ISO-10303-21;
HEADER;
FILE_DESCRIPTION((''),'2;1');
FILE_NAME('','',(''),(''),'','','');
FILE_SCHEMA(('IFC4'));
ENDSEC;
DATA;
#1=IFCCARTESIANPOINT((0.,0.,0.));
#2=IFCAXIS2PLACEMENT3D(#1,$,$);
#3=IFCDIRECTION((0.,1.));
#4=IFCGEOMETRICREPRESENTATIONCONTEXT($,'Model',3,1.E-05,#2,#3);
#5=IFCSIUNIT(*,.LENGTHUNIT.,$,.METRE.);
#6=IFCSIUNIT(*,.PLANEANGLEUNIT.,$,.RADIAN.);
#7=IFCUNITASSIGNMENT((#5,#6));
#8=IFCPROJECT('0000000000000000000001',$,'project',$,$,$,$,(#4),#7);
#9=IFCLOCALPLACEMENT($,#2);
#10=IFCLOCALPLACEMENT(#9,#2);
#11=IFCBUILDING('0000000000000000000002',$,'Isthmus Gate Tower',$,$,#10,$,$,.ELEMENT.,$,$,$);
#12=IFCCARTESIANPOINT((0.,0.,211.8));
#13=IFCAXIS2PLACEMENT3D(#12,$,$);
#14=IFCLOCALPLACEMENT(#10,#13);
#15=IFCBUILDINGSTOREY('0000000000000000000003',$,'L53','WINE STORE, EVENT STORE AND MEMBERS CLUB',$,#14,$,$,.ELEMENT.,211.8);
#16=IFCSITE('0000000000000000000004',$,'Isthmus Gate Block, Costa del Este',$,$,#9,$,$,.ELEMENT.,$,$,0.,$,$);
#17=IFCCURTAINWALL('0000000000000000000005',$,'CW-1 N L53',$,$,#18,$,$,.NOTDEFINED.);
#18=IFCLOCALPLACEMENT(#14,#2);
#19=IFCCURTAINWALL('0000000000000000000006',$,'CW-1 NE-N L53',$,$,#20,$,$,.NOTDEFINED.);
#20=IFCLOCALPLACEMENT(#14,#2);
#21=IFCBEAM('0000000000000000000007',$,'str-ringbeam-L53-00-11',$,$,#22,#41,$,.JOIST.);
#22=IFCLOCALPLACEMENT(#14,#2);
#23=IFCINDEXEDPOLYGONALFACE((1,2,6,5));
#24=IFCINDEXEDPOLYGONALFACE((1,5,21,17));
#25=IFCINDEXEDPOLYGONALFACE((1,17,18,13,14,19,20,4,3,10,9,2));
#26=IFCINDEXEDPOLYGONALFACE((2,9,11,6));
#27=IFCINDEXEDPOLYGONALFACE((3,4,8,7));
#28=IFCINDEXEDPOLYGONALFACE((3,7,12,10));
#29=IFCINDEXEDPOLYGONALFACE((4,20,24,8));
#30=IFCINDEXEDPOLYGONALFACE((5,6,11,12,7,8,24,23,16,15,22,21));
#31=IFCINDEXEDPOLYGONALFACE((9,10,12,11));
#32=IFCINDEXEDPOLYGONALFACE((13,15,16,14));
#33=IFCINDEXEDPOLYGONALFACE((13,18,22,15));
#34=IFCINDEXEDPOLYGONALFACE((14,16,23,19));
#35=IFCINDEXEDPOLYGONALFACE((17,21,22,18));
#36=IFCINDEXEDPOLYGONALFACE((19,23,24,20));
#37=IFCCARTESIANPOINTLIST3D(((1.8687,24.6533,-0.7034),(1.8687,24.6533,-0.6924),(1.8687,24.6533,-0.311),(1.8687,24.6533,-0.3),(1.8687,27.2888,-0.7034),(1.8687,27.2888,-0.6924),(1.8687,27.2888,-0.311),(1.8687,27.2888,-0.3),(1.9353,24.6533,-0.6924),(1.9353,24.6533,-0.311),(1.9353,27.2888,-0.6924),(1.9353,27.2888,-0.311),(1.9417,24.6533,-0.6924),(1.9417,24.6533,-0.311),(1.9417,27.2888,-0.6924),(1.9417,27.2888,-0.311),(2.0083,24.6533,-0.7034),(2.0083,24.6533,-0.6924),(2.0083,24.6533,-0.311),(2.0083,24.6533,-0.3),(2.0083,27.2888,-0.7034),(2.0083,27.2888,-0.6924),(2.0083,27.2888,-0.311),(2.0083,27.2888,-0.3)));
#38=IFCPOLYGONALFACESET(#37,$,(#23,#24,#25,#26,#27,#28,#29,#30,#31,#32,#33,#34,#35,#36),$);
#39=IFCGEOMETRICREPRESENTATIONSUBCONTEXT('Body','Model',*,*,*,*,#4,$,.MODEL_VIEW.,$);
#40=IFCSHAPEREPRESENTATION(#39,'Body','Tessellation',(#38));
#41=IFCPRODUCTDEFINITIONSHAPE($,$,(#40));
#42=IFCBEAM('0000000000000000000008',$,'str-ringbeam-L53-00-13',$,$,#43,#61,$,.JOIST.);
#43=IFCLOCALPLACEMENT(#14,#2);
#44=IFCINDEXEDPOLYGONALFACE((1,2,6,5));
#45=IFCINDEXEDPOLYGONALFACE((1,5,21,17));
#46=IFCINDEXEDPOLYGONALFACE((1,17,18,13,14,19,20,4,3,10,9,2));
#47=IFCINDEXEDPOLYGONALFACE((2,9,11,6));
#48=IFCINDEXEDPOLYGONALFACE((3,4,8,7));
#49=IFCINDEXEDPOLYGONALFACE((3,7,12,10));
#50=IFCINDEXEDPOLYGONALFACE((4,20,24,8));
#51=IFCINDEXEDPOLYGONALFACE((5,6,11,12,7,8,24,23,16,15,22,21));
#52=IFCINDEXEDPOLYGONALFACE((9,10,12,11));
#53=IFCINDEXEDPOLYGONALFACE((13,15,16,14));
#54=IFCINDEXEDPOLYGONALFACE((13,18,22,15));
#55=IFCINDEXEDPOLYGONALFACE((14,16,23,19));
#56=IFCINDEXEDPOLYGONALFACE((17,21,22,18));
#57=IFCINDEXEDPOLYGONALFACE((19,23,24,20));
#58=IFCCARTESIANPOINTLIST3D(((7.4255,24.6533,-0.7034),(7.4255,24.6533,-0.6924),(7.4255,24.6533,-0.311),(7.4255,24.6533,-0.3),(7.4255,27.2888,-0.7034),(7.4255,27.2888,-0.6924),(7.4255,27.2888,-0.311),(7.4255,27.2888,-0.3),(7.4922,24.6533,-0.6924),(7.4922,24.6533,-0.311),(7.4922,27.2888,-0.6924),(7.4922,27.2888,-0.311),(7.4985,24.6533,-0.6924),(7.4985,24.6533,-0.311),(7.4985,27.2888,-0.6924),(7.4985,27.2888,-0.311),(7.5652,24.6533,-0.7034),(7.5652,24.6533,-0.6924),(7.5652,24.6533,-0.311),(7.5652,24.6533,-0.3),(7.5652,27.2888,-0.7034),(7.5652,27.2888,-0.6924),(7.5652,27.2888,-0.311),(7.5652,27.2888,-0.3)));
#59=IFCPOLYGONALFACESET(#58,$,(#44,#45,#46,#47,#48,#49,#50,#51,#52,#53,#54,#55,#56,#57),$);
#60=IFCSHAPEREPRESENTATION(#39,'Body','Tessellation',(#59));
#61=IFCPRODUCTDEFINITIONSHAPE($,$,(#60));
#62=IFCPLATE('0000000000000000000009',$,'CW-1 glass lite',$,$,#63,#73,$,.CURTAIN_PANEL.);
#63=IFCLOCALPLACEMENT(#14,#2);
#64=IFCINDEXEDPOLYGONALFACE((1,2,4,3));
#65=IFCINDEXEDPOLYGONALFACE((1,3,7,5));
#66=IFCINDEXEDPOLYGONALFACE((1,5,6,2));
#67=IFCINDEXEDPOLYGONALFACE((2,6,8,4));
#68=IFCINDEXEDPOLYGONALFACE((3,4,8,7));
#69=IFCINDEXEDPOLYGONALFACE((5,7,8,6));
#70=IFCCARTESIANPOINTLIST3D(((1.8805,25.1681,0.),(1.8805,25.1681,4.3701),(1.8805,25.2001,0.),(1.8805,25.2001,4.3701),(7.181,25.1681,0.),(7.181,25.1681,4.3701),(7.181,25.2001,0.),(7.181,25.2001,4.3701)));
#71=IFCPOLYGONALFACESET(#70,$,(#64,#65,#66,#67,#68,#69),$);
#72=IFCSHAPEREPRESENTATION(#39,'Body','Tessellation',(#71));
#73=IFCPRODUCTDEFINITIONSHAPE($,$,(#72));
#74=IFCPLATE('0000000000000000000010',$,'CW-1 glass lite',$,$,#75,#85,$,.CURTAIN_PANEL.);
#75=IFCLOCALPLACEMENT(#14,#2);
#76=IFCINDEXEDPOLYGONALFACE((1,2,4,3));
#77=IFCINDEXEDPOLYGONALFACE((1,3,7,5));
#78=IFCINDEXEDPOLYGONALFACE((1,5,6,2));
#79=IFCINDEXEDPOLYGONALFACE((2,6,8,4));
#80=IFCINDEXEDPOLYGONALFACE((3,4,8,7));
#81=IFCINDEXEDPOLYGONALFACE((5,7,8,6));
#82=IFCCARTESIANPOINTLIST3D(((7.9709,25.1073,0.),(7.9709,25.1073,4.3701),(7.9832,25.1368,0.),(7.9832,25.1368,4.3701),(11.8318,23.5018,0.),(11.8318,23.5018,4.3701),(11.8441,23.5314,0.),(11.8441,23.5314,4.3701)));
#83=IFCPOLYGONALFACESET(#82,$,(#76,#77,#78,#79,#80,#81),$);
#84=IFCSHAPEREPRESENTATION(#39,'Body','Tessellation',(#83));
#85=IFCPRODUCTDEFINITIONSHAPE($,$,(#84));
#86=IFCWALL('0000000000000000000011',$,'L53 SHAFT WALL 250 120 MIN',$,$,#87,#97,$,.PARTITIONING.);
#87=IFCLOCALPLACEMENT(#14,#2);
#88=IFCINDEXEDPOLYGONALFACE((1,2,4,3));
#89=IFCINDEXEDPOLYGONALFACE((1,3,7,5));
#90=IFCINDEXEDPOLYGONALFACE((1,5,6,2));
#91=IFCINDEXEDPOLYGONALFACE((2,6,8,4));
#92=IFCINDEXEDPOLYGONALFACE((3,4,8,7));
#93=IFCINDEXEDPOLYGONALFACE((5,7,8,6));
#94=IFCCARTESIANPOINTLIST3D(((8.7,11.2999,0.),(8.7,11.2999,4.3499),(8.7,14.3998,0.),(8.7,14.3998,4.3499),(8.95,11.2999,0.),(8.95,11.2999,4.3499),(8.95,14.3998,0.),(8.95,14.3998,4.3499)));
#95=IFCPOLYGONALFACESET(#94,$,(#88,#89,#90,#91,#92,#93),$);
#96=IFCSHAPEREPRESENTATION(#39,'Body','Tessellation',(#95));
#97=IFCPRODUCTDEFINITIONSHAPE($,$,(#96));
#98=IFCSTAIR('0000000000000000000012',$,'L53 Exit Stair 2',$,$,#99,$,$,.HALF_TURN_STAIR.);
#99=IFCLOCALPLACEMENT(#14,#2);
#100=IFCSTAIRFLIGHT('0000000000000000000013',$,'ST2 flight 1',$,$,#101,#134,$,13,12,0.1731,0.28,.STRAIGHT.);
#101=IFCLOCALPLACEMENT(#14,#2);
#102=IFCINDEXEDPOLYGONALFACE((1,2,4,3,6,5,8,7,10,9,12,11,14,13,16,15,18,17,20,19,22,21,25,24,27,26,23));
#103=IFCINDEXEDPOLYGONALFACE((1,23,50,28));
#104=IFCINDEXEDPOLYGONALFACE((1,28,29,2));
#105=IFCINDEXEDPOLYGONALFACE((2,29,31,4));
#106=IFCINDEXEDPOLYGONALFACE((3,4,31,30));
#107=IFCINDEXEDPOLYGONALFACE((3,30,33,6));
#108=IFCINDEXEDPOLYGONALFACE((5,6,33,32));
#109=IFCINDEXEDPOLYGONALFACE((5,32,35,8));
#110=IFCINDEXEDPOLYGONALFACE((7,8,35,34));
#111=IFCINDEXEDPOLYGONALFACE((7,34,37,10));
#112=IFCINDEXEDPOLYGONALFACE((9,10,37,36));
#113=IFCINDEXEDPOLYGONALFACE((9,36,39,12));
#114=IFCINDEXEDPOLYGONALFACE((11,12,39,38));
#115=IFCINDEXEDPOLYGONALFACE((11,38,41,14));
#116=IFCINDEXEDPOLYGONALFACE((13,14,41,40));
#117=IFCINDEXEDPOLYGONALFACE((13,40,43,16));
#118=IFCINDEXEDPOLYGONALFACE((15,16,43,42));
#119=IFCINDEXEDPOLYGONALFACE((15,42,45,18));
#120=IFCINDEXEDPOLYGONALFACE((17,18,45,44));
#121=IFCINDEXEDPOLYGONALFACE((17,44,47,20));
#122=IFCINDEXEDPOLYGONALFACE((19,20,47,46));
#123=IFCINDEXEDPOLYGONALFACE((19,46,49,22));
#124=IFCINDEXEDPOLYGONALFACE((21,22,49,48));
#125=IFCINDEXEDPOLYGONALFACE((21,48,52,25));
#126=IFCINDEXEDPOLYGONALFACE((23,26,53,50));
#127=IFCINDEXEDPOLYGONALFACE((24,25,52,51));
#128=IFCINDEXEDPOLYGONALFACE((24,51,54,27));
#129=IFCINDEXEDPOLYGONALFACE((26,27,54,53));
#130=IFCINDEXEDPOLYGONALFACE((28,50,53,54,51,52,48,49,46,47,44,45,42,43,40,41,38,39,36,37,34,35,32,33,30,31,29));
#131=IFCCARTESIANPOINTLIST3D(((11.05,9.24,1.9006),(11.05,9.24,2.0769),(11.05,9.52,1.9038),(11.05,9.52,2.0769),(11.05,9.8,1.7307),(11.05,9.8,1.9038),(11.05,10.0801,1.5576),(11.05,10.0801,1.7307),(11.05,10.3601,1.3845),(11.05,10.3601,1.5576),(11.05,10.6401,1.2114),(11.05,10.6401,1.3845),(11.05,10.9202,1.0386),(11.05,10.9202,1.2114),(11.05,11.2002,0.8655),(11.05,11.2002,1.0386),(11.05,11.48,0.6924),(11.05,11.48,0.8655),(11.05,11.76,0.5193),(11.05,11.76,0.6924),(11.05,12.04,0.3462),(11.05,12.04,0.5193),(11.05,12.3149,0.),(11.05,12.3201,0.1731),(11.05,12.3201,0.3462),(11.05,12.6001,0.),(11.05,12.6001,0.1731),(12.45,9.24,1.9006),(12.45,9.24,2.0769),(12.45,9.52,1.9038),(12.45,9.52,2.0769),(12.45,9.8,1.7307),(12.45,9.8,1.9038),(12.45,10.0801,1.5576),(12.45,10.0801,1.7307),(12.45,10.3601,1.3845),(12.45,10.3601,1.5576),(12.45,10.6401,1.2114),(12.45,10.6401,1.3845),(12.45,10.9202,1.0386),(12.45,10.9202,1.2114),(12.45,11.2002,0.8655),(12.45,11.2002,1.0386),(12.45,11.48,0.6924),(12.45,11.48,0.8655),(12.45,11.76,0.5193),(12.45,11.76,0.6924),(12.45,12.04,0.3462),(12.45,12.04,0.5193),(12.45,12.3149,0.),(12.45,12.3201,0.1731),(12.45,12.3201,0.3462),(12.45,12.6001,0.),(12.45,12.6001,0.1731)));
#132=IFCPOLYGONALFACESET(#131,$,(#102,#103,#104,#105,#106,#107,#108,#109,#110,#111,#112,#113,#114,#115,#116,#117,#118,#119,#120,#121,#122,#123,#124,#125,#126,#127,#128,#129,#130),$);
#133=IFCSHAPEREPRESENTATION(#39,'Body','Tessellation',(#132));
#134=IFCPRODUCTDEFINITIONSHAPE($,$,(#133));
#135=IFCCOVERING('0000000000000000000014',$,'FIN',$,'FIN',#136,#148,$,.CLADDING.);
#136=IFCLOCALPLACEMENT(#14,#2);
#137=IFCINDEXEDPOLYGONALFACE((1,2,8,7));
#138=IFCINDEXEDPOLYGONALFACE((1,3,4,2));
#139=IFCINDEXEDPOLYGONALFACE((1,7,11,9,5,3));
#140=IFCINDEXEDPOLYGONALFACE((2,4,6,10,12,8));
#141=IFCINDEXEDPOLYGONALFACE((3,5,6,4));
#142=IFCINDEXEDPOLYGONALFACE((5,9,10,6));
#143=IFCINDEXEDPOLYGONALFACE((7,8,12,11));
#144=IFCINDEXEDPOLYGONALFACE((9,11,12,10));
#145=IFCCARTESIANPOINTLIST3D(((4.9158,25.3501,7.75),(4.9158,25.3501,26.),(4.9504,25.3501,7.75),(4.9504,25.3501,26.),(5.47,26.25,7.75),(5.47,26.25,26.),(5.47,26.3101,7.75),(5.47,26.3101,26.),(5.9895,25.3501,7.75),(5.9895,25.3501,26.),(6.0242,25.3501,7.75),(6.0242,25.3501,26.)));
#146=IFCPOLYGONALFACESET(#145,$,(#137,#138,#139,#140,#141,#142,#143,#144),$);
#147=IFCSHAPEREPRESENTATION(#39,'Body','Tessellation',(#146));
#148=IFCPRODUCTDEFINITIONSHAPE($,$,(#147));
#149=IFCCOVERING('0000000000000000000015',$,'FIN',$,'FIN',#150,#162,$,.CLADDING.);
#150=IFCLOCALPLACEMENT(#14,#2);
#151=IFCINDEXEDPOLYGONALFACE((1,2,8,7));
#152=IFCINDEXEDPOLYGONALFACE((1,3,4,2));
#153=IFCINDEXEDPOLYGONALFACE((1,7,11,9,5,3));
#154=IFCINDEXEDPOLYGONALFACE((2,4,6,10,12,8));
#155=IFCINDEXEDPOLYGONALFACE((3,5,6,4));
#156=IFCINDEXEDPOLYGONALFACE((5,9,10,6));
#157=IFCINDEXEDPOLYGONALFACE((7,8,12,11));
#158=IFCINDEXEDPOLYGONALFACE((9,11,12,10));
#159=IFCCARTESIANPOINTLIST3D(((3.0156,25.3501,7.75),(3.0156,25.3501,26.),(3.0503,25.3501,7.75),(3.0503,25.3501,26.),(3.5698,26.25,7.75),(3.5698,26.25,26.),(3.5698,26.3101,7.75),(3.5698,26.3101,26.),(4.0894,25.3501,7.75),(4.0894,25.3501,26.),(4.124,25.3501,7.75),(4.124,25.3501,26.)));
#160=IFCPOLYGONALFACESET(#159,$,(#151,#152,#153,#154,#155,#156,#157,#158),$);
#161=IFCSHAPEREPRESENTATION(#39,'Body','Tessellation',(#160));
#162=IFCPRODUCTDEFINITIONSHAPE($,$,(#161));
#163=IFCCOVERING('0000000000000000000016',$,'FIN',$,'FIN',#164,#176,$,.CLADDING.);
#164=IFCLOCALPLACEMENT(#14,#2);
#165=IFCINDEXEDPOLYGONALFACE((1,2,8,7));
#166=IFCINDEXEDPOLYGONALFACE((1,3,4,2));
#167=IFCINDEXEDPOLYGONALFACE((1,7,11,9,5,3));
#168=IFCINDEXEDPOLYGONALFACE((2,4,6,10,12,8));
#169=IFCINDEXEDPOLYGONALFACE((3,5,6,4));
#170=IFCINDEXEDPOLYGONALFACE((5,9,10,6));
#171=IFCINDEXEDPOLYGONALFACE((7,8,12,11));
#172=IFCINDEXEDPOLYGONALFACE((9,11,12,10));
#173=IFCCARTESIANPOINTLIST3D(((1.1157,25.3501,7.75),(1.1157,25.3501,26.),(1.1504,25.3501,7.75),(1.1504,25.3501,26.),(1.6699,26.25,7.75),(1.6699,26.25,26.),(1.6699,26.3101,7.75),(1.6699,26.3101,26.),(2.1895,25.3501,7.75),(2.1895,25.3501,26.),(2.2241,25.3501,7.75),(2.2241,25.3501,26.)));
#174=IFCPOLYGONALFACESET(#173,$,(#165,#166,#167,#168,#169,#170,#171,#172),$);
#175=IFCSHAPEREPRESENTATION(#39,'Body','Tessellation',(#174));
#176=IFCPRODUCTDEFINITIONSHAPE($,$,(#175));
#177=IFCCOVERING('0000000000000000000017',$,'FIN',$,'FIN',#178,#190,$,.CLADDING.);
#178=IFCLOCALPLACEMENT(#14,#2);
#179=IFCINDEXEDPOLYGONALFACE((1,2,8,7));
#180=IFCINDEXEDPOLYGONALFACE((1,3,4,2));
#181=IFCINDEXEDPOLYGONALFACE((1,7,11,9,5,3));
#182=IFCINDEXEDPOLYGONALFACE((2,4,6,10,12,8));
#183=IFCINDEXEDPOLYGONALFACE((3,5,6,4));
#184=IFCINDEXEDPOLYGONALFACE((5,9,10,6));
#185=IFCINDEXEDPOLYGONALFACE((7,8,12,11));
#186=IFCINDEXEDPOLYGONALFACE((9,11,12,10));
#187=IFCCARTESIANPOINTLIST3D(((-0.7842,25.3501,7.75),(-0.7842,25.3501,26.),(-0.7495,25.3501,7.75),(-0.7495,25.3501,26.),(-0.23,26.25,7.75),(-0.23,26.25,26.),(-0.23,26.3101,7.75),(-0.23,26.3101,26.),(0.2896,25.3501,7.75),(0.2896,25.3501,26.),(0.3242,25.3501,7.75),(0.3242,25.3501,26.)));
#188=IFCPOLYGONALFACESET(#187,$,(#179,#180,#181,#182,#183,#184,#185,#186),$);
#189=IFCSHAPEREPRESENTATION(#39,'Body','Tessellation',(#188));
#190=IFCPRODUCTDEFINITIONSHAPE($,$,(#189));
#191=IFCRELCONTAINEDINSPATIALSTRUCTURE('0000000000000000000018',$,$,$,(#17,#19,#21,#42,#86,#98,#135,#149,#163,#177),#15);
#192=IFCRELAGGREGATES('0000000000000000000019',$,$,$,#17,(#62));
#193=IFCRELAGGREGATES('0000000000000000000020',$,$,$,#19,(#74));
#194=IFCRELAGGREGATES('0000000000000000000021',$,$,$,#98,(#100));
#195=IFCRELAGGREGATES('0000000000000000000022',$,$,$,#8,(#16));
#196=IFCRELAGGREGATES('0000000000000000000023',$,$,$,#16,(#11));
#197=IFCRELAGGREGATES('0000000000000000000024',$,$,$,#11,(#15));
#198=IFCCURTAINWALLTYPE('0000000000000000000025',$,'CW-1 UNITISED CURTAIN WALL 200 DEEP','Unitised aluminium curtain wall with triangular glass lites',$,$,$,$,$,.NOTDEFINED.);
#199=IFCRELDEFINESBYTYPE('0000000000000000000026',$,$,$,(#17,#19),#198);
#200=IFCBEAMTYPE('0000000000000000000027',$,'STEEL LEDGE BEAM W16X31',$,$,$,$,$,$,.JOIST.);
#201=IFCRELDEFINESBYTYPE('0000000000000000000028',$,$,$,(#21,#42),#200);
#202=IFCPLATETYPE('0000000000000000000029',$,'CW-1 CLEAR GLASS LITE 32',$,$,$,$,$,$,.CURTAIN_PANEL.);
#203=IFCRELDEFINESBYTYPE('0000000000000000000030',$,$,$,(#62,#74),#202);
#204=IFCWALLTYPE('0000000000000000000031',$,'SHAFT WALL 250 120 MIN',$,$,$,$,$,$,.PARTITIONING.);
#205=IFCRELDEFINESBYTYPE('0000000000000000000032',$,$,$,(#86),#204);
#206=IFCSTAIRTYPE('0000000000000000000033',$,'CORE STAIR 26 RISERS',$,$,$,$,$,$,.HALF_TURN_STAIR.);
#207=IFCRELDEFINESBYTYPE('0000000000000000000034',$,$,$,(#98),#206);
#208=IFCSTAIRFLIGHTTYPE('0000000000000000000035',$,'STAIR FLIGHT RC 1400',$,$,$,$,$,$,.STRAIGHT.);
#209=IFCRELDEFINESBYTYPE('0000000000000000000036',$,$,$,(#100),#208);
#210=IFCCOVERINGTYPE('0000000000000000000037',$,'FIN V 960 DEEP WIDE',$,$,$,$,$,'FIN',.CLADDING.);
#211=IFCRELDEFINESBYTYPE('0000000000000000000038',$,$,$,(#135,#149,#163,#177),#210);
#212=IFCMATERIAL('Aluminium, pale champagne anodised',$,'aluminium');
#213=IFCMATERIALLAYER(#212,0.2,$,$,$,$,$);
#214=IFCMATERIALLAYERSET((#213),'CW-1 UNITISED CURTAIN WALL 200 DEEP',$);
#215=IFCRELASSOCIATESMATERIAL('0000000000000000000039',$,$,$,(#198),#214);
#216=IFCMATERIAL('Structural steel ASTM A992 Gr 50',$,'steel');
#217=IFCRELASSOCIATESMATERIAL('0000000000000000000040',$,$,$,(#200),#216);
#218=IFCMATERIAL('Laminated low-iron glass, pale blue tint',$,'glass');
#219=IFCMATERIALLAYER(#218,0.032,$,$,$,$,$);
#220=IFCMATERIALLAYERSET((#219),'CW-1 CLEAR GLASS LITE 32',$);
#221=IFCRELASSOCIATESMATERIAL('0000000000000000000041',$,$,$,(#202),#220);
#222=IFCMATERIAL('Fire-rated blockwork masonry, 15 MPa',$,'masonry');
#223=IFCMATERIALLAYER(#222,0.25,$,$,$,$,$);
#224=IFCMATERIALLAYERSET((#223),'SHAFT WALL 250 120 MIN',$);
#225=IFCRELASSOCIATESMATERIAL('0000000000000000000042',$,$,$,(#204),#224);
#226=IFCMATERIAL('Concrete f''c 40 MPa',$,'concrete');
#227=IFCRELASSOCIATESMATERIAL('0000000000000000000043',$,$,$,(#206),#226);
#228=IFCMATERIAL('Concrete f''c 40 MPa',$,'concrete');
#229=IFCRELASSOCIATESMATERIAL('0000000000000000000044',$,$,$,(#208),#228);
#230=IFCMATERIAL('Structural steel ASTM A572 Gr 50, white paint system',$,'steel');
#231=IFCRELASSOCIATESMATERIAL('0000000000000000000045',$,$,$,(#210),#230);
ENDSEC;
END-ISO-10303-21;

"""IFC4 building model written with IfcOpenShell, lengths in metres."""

from ifc_helpers import new_model, si_unit, direction, frame, frame_2d, origin, origin_2d, place, context, subcontext, project, spatial, polyline, rectangle, i_section, outline, extrude, material, layer, layer_set, material_profile, profile_set, type_object, element, aggregate, save


model = new_model("IFC4")

# Units and contexts
model_context = context("Model", 3, precision=1e-05, world=origin(), true_north=direction((0.0, 1.0)))
body_context = subcontext(model_context, "Body", "Model", "MODEL_VIEW")
ifc_project = project(units=[si_unit("LENGTHUNIT", "METRE"), si_unit("PLANEANGLEUNIT", "RADIAN")], contexts=[model_context])

# Site, building, storey
site_placement = place(None, origin())
site = spatial("IfcSite", under=ifc_project, at=site_placement, Name="Isthmus Gate Block, Costa del Este", CompositionType="ELEMENT", RefElevation=0.0)
building_placement = place(site_placement, origin())
building = spatial("IfcBuilding", under=site, at=building_placement, Name="Isthmus Gate Tower", CompositionType="ELEMENT")
storey_placement = place(building_placement, frame((0.0, 0.0, 211.8)))
storey = spatial("IfcBuildingStorey", under=building, at=storey_placement, Name="L53", Description="WINE STORE, EVENT STORE AND MEMBERS CLUB", CompositionType="ELEMENT", Elevation=211.8)

# Curtain walls
ifc_material_1 = material(Name="Aluminium, pale champagne anodised", Category="aluminium")
ifc_layer_1 = layer(ifc_material_1, 0.2)
ifc_layer_set_1 = layer_set([ifc_layer_1], Name="CW-1 UNITISED CURTAIN WALL 200 DEEP")
curtain_wall_type = type_object("IfcCurtainWallType", Name="CW-1 UNITISED CURTAIN WALL 200 DEEP", Description="Unitised aluminium curtain wall with triangular glass lites", PredefinedType="NOTDEFINED", material=ifc_layer_set_1)
curtain_wall_1_placement = place(storey_placement, origin())
curtain_wall_1 = element("IfcCurtainWall", 1, at=curtain_wall_1_placement, inside=storey, type_object=curtain_wall_type, Name="CW-1 N L53", PredefinedType="NOTDEFINED")
curtain_wall_2_placement = place(storey_placement, origin())
curtain_wall_2 = element("IfcCurtainWall", 2, at=curtain_wall_2_placement, inside=storey, type_object=curtain_wall_type, Name="CW-1 NE-N L53", PredefinedType="NOTDEFINED")

# Beams
ifc_material_2 = material(Name="Structural steel ASTM A992 Gr 50", Category="steel")
ifc_material_profile_1 = material_profile(ifc_material_2, i_section(OverallWidth=0.1396, OverallDepth=0.4033, WebThickness=0.0063, FlangeThickness=0.011, at=origin_2d()), Name="W16X31")
ifc_profile_set_1 = profile_set([ifc_material_profile_1], Name="Structural steel ASTM A992 Gr 50")
beam_type_1 = type_object("IfcBeamType", Name="STEEL LEDGE BEAM W16X31", PredefinedType="JOIST", material=ifc_profile_set_1)
for number, where, z_axis, x_axis, name in (
    (3, (1.9385, 24.6533, -0.5017), (0.0, 1.0, 0.0), (-1.0, 0.0, 0.0), "str-ringbeam-L53-00-11"),
    (4, (7.4954, 24.6533, -0.5017), (0.0, 1.0, 0.0), (-1.0, 0.0, 0.0), "str-ringbeam-L53-00-13"),
):
    element("IfcBeam", number, at=place(storey_placement, frame(where, z_axis=z_axis, x_axis=x_axis)), inside=storey, type_object=beam_type_1, Name=name, PredefinedType="JOIST", context=body_context, shape_type="SweptSolid", body=[
        extrude(i_section(OverallWidth=0.1396, OverallDepth=0.4033, WebThickness=0.0063, FlangeThickness=0.011, at=origin_2d()), origin(), (0.0, 0.0, 1.0), 2.6355),
    ])

# Plates
ifc_material_3 = material(Name="Laminated low-iron glass, pale blue tint", Category="glass")
ifc_layer_2 = layer(ifc_material_3, 0.032)
ifc_layer_set_2 = layer_set([ifc_layer_2], Name="CW-1 CLEAR GLASS LITE 32")
plate_type = type_object("IfcPlateType", Name="CW-1 CLEAR GLASS LITE 32", PredefinedType="CURTAIN_PANEL", material=ifc_layer_set_2)
plate_1_placement = place(storey_placement, frame((4.5308, 25.1841, 0.0), z_axis=(0.0, 0.0, 1.0), x_axis=(-1.0, 0.0, 0.0)))
plate_1 = element("IfcPlate", 5, at=plate_1_placement, type_object=plate_type, Name="CW-1 glass lite", PredefinedType="CURTAIN_PANEL", context=body_context, shape_type="SweptSolid", body=[
    extrude(rectangle(XDim=5.3005, YDim=0.032, at=origin_2d()), origin(), (0.0, 0.0, 1.0), 4.3701),
])
aggregate(curtain_wall_1, [plate_1])
plate_2_placement = place(storey_placement, frame((9.9075, 24.3193, 0.0), z_axis=(0.0, 0.0, 1.0), x_axis=(-0.923353, 0.383952, 0.0)))
plate_2 = element("IfcPlate", 6, at=plate_2_placement, type_object=plate_type, Name="CW-1 glass lite", PredefinedType="CURTAIN_PANEL", context=body_context, shape_type="SweptSolid", body=[
    extrude(rectangle(XDim=4.1814, YDim=0.032, at=origin_2d()), origin(), (0.0, 0.0, 1.0), 4.3701),
])
aggregate(curtain_wall_2, [plate_2])

# Wall
ifc_material_4 = material(Name="Fire-rated blockwork masonry, 15 MPa", Category="masonry")
ifc_layer_3 = layer(ifc_material_4, 0.25)
ifc_layer_set_3 = layer_set([ifc_layer_3], Name="SHAFT WALL 250 120 MIN")
wall_type = type_object("IfcWallType", Name="SHAFT WALL 250 120 MIN", PredefinedType="PARTITIONING", material=ifc_layer_set_3)
wall_placement = place(storey_placement, frame((8.825, 11.3, 0.0), z_axis=(0.0, 0.0, 1.0), x_axis=(0.0, 1.0, 0.0)))
element("IfcWall", 7, at=wall_placement, inside=storey, type_object=wall_type, Name="L53 SHAFT WALL 250 120 MIN", PredefinedType="PARTITIONING", context=body_context, shape_type="SweptSolid", body=[
    extrude(rectangle(XDim=3.0999, YDim=0.25, at=frame_2d((1.5498, 0.0))), origin(), (0.0, 0.0, 1.0), 4.3499),
])

# Stair, stair flight
ifc_material_5 = material(Name="Concrete f'c 40 MPa", Category="concrete")
stair_type = type_object("IfcStairType", Name="CORE STAIR 26 RISERS", PredefinedType="HALF_TURN_STAIR", material=ifc_material_5)
stair_placement = place(storey_placement, origin())
stair = element("IfcStair", 8, at=stair_placement, inside=storey, type_object=stair_type, Name="L53 Exit Stair 2", PredefinedType="HALF_TURN_STAIR")
ifc_material_6 = material(Name="Concrete f'c 40 MPa", Category="concrete")
stair_flight_type = type_object("IfcStairFlightType", Name="STAIR FLIGHT RC 1400", PredefinedType="STRAIGHT", material=ifc_material_6)
stair_flight_placement = place(storey_placement, frame((11.75, 12.6001, 0.0), z_axis=(0.0, 0.0, 1.0), x_axis=(0.0, -1.0, 0.0)))
stair_flight = element("IfcStairFlight", 9, at=stair_flight_placement, type_object=stair_flight_type, Name="ST2 flight 1", NumberOfRisers=13, NumberOfTreads=12, PredefinedType="STRAIGHT", RiserHeight=0.1731, TreadLength=0.28, context=body_context, shape_type="SweptSolid", body=[
    extrude(outline(polyline([(0.0, 0.0), (0.0, 0.1731), (0.28, 0.1731), (0.28, 0.3462), (0.5601, 0.3462), (0.5601, 0.5193), (0.8401, 0.5193), (0.8401, 0.6924), (1.1201, 0.6924), (1.1201, 0.8655), (1.3999, 0.8655), (1.3999, 1.0386), (1.6799, 1.0386), (1.6799, 1.2114), (1.96, 1.2114), (1.96, 1.3845), (2.24, 1.3845), (2.24, 1.5576), (2.52, 1.5576), (2.52, 1.7307), (2.8, 1.7307), (2.8, 1.9038), (3.0801, 1.9038), (3.0801, 2.0769), (3.3601, 2.0769), (3.3601, 2.25), (3.3601, 1.9006), (0.2852, 0.0), (0.0, 0.0)])), frame((0.0, 0.7, 0.0), z_axis=(0.0, -1.0, 0.0), x_axis=(1.0, 0.0, 0.0)), (0.0, 0.0, 1.0), 1.3999),
])
aggregate(stair, [stair_flight])

# Coverings
ifc_material_7 = material(Name="Structural steel ASTM A572 Gr 50, white paint system", Category="steel")
ifc_material_profile_2 = material_profile(ifc_material_7, outline(polyline([(0.0, -0.5542), (0.96, 0.0), (0.0, 0.5542), (0.0, 0.5195), (0.8999, 0.0), (0.0, -0.5195), (0.0, -0.5542)])), Name="V960W")
ifc_profile_set_2 = profile_set([ifc_material_profile_2], Name="Structural steel ASTM A572 Gr 50, white paint system")
covering_type = type_object("IfcCoveringType", Name="FIN V 960 DEEP WIDE", ElementType="FIN", PredefinedType="CLADDING", material=ifc_profile_set_2)
for number, where, z_axis, x_axis, name in (
    (10, (5.47, 25.3501, 7.75), (0.0, 0.0, 1.0), (0.0, 1.0, 0.0), "FIN"),
    (11, (3.5698, 25.3501, 7.75), (0.0, 0.0, 1.0), (0.0, 1.0, 0.0), "FIN"),
    (12, (1.6699, 25.3501, 7.75), (0.0, 0.0, 1.0), (0.0, 1.0, 0.0), "FIN"),
    (13, (-0.23, 25.3501, 7.75), (0.0, 0.0, 1.0), (0.0, 1.0, 0.0), "FIN"),
):
    element("IfcCovering", number, at=place(storey_placement, frame(where, z_axis=z_axis, x_axis=x_axis)), inside=storey, type_object=covering_type, Name=name, ObjectType="FIN", PredefinedType="CLADDING", context=body_context, shape_type="SweptSolid", body=[
        extrude(outline(polyline([(0.0, -0.5542), (0.96, 0.0), (0.0, 0.5542), (0.0, 0.5195), (0.8999, 0.0), (0.0, -0.5195), (0.0, -0.5542)])), origin(), (0.0, 0.0, 1.0), 18.25),
    ])

save(model, "model.ifc")
